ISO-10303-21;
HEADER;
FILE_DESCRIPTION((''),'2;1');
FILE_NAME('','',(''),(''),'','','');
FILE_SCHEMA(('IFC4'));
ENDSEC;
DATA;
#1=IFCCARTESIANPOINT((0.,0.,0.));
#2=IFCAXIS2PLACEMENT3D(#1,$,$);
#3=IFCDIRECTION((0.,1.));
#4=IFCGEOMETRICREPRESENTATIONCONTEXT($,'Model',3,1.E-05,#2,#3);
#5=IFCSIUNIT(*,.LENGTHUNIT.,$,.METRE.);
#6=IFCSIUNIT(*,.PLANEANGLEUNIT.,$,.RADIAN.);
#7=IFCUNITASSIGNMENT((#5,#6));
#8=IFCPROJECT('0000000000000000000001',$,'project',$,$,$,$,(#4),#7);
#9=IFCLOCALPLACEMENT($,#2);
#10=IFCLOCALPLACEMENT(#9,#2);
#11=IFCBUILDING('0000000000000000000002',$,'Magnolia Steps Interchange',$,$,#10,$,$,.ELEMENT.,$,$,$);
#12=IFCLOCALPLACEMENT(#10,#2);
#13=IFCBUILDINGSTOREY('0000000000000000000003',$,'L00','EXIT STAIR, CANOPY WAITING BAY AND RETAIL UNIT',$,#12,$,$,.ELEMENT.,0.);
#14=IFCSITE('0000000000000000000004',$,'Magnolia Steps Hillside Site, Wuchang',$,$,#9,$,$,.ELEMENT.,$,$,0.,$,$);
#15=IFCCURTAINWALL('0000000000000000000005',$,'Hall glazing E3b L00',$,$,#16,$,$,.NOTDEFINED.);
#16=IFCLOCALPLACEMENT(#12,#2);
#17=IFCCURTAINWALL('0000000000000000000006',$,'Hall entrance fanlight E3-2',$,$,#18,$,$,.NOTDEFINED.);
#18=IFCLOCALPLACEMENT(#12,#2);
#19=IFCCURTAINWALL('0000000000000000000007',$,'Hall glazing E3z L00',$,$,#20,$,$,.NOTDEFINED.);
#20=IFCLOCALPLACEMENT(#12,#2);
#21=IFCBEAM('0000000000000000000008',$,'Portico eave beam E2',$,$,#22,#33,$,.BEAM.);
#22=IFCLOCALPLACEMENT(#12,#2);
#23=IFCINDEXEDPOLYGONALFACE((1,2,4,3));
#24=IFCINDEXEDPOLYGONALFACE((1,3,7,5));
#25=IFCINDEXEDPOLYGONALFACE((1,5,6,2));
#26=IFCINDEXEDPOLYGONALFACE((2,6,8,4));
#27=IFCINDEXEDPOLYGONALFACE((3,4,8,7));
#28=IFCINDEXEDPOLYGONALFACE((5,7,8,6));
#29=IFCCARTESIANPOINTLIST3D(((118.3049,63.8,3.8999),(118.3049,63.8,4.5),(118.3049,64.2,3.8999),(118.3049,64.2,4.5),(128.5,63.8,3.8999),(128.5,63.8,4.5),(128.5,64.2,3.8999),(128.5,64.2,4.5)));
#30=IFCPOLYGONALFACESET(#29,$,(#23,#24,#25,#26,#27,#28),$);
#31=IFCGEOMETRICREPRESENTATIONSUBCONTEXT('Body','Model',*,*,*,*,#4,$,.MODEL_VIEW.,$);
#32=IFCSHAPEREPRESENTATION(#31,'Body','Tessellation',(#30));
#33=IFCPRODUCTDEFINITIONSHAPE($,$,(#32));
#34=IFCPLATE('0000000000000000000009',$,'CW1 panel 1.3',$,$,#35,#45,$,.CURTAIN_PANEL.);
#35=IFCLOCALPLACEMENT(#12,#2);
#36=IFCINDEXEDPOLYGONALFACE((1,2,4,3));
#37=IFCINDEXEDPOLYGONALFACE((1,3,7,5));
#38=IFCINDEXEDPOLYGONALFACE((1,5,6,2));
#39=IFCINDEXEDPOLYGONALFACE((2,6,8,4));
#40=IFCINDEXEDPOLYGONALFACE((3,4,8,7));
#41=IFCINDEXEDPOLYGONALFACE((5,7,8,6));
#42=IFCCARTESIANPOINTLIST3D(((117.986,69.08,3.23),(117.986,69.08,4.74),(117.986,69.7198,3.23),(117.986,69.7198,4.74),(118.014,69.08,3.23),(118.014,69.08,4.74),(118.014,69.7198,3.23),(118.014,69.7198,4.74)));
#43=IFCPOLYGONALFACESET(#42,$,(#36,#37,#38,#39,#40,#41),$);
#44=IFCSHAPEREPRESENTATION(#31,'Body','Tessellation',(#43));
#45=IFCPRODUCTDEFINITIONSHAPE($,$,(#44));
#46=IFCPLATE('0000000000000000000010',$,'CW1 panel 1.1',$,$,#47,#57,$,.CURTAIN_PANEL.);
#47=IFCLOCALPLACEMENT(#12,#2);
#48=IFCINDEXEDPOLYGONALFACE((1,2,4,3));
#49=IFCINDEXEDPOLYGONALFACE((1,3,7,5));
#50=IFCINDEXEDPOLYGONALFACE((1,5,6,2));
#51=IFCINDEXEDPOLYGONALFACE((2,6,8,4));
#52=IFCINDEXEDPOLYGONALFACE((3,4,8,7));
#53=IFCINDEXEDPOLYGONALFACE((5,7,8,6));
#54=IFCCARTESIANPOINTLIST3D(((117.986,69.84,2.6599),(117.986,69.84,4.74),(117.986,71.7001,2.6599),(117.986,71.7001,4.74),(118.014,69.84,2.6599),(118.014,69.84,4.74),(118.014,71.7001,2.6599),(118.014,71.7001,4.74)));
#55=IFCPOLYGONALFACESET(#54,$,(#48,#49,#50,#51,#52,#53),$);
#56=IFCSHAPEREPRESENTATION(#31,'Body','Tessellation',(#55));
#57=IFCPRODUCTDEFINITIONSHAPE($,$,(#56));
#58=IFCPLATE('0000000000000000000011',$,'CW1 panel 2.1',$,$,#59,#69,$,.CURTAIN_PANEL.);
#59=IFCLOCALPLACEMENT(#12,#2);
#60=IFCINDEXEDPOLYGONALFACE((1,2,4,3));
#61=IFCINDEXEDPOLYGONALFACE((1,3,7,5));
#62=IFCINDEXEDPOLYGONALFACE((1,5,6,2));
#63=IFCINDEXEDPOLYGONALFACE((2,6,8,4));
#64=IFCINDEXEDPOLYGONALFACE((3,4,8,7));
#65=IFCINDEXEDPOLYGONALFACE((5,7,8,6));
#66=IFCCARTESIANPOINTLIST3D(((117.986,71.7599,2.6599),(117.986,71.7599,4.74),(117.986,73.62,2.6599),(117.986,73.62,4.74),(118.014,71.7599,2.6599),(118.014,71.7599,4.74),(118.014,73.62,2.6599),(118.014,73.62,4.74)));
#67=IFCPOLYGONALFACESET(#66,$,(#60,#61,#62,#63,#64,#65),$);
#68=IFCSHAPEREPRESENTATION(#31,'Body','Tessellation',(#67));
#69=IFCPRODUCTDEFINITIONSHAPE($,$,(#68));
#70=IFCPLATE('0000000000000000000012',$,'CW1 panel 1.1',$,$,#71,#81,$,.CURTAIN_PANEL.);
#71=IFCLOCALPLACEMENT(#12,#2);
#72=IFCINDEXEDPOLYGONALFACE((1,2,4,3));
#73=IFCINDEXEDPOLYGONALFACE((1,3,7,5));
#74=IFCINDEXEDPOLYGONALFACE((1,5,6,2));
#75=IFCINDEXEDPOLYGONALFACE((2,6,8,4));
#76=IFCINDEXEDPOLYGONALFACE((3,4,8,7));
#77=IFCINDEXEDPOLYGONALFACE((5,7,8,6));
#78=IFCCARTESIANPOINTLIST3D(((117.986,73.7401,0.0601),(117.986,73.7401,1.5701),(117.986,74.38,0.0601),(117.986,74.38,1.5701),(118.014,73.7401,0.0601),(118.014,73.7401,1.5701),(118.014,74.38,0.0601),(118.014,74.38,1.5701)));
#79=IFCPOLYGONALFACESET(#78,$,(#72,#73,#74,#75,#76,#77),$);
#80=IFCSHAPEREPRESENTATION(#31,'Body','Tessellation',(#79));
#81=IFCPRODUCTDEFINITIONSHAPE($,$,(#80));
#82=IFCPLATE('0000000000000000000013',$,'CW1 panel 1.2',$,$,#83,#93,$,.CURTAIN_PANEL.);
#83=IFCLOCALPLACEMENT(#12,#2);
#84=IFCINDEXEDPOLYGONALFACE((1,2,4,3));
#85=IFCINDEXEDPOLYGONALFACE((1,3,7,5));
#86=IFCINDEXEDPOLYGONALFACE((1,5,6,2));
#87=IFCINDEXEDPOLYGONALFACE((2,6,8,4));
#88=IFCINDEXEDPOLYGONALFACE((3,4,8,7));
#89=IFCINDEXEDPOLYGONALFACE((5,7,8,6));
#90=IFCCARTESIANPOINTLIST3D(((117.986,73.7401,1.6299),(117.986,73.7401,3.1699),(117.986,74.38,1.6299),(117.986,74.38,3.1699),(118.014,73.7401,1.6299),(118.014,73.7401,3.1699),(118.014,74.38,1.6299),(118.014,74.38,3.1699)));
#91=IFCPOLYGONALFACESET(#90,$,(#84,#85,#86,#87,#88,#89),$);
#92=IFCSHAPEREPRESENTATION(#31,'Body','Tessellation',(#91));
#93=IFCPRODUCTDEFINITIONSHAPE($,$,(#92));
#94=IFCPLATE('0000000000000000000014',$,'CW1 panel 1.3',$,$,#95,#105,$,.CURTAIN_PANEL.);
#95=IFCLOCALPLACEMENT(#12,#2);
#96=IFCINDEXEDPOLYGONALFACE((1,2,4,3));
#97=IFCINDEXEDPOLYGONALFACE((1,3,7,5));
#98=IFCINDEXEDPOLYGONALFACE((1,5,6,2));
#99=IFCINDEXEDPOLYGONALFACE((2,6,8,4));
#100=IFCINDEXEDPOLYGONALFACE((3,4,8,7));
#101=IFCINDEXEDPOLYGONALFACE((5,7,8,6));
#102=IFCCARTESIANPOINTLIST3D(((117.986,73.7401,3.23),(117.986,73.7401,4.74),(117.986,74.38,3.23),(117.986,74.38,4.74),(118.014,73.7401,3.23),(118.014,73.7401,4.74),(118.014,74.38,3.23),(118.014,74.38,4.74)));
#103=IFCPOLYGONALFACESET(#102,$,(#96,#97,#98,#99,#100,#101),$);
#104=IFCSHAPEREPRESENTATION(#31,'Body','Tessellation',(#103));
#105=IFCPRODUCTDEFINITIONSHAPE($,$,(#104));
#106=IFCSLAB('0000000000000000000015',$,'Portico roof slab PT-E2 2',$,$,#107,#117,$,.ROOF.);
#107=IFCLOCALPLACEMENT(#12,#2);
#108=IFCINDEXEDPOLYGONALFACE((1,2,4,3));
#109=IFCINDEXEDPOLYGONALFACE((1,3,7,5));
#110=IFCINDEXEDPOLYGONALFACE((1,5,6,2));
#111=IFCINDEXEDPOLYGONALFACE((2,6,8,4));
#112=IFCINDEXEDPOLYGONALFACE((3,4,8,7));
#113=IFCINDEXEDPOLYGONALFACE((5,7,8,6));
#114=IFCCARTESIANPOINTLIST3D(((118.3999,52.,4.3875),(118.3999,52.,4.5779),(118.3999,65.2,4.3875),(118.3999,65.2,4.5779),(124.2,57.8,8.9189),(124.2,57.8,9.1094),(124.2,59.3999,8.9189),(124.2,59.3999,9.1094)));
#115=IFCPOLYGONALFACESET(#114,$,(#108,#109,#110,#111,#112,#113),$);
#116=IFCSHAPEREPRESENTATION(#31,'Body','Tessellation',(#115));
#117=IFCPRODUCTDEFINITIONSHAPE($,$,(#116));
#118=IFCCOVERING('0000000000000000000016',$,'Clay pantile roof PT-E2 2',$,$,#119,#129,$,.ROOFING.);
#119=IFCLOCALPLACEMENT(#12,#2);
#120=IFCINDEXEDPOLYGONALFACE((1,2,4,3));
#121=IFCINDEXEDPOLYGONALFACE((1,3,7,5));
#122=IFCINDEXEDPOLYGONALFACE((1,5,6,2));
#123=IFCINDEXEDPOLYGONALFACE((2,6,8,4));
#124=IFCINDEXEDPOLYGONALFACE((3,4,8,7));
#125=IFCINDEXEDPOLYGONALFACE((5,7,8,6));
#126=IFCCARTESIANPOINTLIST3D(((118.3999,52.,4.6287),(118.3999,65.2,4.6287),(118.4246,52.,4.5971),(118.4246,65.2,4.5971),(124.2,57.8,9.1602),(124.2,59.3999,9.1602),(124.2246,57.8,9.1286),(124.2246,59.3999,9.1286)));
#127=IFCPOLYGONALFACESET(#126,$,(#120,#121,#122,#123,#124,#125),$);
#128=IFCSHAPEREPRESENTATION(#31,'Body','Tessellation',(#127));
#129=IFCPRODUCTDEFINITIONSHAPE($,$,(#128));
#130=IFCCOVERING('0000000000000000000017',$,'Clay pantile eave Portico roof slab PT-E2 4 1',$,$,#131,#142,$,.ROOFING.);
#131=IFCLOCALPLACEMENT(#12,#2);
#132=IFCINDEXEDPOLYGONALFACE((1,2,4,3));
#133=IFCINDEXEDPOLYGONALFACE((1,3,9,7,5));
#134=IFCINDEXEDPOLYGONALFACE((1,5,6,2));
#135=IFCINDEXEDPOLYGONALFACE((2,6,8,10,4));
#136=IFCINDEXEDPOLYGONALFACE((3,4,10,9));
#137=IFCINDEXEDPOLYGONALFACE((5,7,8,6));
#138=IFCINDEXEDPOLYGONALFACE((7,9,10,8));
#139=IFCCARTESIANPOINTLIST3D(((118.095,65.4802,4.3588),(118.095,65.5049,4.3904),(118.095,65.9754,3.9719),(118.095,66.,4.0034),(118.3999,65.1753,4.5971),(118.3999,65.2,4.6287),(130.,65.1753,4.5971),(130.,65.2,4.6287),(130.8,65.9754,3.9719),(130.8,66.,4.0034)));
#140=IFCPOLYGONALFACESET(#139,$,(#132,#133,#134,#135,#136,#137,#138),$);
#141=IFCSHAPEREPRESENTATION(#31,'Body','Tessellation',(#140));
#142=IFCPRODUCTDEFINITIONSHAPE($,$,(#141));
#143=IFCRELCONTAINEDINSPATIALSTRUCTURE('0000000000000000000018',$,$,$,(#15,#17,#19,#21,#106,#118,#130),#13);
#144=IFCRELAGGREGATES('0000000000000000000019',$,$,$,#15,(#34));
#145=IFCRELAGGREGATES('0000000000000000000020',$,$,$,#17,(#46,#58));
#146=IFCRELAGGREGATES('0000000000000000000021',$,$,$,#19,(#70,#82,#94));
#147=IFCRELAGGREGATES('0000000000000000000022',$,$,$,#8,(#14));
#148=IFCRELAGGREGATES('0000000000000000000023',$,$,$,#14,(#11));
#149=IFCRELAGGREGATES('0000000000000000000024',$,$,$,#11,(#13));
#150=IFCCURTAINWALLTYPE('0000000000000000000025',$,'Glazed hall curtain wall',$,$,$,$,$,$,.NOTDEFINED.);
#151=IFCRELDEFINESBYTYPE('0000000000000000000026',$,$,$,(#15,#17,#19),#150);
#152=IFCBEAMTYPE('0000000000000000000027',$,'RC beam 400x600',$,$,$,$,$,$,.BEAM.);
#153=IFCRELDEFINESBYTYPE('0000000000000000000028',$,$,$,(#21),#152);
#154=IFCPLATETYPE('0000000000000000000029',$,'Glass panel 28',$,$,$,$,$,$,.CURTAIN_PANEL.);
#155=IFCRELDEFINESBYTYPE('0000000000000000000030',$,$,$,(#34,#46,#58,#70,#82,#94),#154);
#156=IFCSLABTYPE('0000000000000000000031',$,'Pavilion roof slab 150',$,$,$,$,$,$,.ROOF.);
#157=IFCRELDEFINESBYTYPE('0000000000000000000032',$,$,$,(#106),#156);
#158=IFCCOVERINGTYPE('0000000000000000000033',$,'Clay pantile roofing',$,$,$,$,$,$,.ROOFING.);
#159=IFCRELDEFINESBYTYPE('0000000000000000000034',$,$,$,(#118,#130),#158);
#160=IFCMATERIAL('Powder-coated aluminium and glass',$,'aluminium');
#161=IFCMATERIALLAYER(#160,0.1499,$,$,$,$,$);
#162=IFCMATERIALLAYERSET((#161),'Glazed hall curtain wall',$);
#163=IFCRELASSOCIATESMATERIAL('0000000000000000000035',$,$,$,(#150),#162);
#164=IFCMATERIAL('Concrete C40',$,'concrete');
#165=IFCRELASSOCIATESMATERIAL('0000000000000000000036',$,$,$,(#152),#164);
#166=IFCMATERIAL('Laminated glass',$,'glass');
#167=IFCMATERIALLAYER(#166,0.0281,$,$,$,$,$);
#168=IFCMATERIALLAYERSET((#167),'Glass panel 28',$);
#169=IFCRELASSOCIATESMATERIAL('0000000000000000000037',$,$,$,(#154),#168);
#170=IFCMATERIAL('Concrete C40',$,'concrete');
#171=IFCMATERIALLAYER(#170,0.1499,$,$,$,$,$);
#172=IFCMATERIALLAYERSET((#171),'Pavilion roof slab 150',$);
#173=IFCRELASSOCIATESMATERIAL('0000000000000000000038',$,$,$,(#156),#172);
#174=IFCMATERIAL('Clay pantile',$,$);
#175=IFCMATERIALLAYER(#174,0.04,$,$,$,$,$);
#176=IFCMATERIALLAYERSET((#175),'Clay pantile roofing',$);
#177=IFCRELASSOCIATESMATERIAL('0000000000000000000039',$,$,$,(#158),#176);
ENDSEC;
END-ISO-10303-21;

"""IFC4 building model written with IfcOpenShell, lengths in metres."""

from ifc_helpers import new_model, si_unit, direction, frame, origin, origin_2d, place, context, subcontext, project, spatial, polyline, rectangle, outline, extrude, material, layer, layer_set, material_profile, profile_set, type_object, element, aggregate, save


model = new_model("IFC4")

# Units and contexts
model_context = context("Model", 3, precision=1e-05, world=origin(), true_north=direction((0.0, 1.0)))
body_context = subcontext(model_context, "Body", "Model", "MODEL_VIEW")
ifc_project = project(units=[si_unit("LENGTHUNIT", "METRE"), si_unit("PLANEANGLEUNIT", "RADIAN")], contexts=[model_context])

# Site, building, storey
site_placement = place(None, origin())
site = spatial("IfcSite", under=ifc_project, at=site_placement, Name="Magnolia Steps Hillside Site, Wuchang", CompositionType="ELEMENT", RefElevation=0.0)
building_placement = place(site_placement, origin())
building = spatial("IfcBuilding", under=site, at=building_placement, Name="Magnolia Steps Interchange", CompositionType="ELEMENT")
storey_placement = place(building_placement, origin())
storey = spatial("IfcBuildingStorey", under=building, at=storey_placement, Name="L00", Description="EXIT STAIR, CANOPY WAITING BAY AND RETAIL UNIT", CompositionType="ELEMENT", Elevation=0.0)

# Curtain wall
ifc_material_1 = material(Name="Powder-coated aluminium and glass", Category="aluminium")
ifc_layer_1 = layer(ifc_material_1, 0.1499)
ifc_layer_set_1 = layer_set([ifc_layer_1], Name="Glazed hall curtain wall")
curtain_wall_type = type_object("IfcCurtainWallType", Name="Glazed hall curtain wall", PredefinedType="NOTDEFINED", material=ifc_layer_set_1)
curtain_wall_1_placement = place(storey_placement, origin())
curtain_wall_1 = element("IfcCurtainWall", 1, at=curtain_wall_1_placement, inside=storey, type_object=curtain_wall_type, Name="Hall glazing E3b L00", PredefinedType="NOTDEFINED")

# Curtain walls
curtain_wall_2_placement = place(storey_placement, origin())
curtain_wall_2 = element("IfcCurtainWall", 2, at=curtain_wall_2_placement, inside=storey, type_object=curtain_wall_type, Name="Hall entrance fanlight E3-2", PredefinedType="NOTDEFINED")
curtain_wall_3_placement = place(storey_placement, origin())
curtain_wall_3 = element("IfcCurtainWall", 3, at=curtain_wall_3_placement, inside=storey, type_object=curtain_wall_type, Name="Hall glazing E3z L00", PredefinedType="NOTDEFINED")

# Beam
ifc_material_2 = material(Name="Concrete C40", Category="concrete")
ifc_material_profile_1 = material_profile(ifc_material_2, rectangle(XDim=0.3999, YDim=0.6001, at=origin_2d()), Name="RC400x600")
ifc_profile_set_1 = profile_set([ifc_material_profile_1], Name="Concrete C40")
beam_type = type_object("IfcBeamType", Name="RC beam 400x600", PredefinedType="BEAM", material=ifc_profile_set_1)
beam_placement = place(storey_placement, frame((128.5, 64.0, 4.2), z_axis=(-1.0, 0.0, 0.0), x_axis=(0.0, -1.0, 0.0)))
element("IfcBeam", 4, at=beam_placement, inside=storey, type_object=beam_type, Name="Portico eave beam E2", PredefinedType="BEAM", context=body_context, shape_type="SweptSolid", body=[
    extrude(rectangle(XDim=0.3999, YDim=0.6001, at=origin_2d()), origin(), (0.0, 0.0, 1.0), 10.1951),
])

# Plates
ifc_material_3 = material(Name="Laminated glass", Category="glass")
ifc_layer_2 = layer(ifc_material_3, 0.0281)
ifc_layer_set_2 = layer_set([ifc_layer_2], Name="Glass panel 28")
plate_type = type_object("IfcPlateType", Name="Glass panel 28", PredefinedType="CURTAIN_PANEL", material=ifc_layer_set_2)
plate_1_placement = place(storey_placement, frame((118.0, 69.3999, 3.23), z_axis=(0.0, 0.0, 1.0), x_axis=(0.0, 1.0, 0.0)))
plate_1 = element("IfcPlate", 5, at=plate_1_placement, type_object=plate_type, Name="CW1 panel 1.3", PredefinedType="CURTAIN_PANEL", context=body_context, shape_type="SweptSolid", body=[
    extrude(rectangle(XDim=0.6399, YDim=0.0281, at=origin_2d()), origin(), (0.0, 0.0, 1.0), 1.51),
])
aggregate(curtain_wall_1, [plate_1])
plate_2_placement = place(storey_placement, frame((118.0, 70.77, 2.6599), z_axis=(0.0, 0.0, 1.0), x_axis=(0.0, 1.0, 0.0)))
plate_2 = element("IfcPlate", 6, at=plate_2_placement, type_object=plate_type, Name="CW1 panel 1.1", PredefinedType="CURTAIN_PANEL", context=body_context, shape_type="SweptSolid", body=[
    extrude(rectangle(XDim=1.8601, YDim=0.0281, at=origin_2d()), origin(), (0.0, 0.0, 1.0), 2.0801),
])
plate_3_placement = place(storey_placement, frame((118.0, 72.6899, 2.6599), z_axis=(0.0, 0.0, 1.0), x_axis=(0.0, 1.0, 0.0)))
plate_3 = element("IfcPlate", 7, at=plate_3_placement, type_object=plate_type, Name="CW1 panel 2.1", PredefinedType="CURTAIN_PANEL", context=body_context, shape_type="SweptSolid", body=[
    extrude(rectangle(XDim=1.8601, YDim=0.0281, at=origin_2d()), origin(), (0.0, 0.0, 1.0), 2.0801),
])
aggregate(curtain_wall_2, [plate_2, plate_3])
plate_4_placement = place(storey_placement, frame((118.0, 74.0601, 0.0601), z_axis=(0.0, 0.0, 1.0), x_axis=(0.0, 1.0, 0.0)))
plate_4 = element("IfcPlate", 8, at=plate_4_placement, type_object=plate_type, Name="CW1 panel 1.1", PredefinedType="CURTAIN_PANEL", context=body_context, shape_type="SweptSolid", body=[
    extrude(rectangle(XDim=0.6399, YDim=0.0281, at=origin_2d()), origin(), (0.0, 0.0, 1.0), 1.51),
])
plate_5_placement = place(storey_placement, frame((118.0, 74.0601, 1.6299), z_axis=(0.0, 0.0, 1.0), x_axis=(0.0, 1.0, 0.0)))
plate_5 = element("IfcPlate", 9, at=plate_5_placement, type_object=plate_type, Name="CW1 panel 1.2", PredefinedType="CURTAIN_PANEL", context=body_context, shape_type="SweptSolid", body=[
    extrude(rectangle(XDim=0.6399, YDim=0.0281, at=origin_2d()), origin(), (0.0, 0.0, 1.0), 1.54),
])
plate_6_placement = place(storey_placement, frame((118.0, 74.0601, 3.23), z_axis=(0.0, 0.0, 1.0), x_axis=(0.0, 1.0, 0.0)))
plate_6 = element("IfcPlate", 10, at=plate_6_placement, type_object=plate_type, Name="CW1 panel 1.3", PredefinedType="CURTAIN_PANEL", context=body_context, shape_type="SweptSolid", body=[
    extrude(rectangle(XDim=0.6399, YDim=0.0281, at=origin_2d()), origin(), (0.0, 0.0, 1.0), 1.51),
])
aggregate(curtain_wall_3, [plate_4, plate_5, plate_6])

# Slab
ifc_material_4 = material(Name="Concrete C40", Category="concrete")
ifc_layer_3 = layer(ifc_material_4, 0.1499)
ifc_layer_set_3 = layer_set([ifc_layer_3], Name="Pavilion roof slab 150")
slab_type = type_object("IfcSlabType", Name="Pavilion roof slab 150", PredefinedType="ROOF", material=ifc_layer_set_3)
slab_placement = place(storey_placement, frame((118.3999, 65.2, 4.5779), z_axis=(-0.615661, 0.0, 0.788011), x_axis=(0.0, -1.0, 0.0)))
element("IfcSlab", 11, at=slab_placement, inside=storey, type_object=slab_type, Name="Portico roof slab PT-E2 2", PredefinedType="ROOF", context=body_context, shape_type="SweptSolid", body=[
    extrude(outline(polyline([(0.0, 0.0), (13.2, 0.0), (7.3999, 7.3604), (5.8, 7.3604), (0.0, 0.0)])), origin(), (0.0, -0.615661, -0.788011), 0.1904),
])

# Coverings
ifc_material_5 = material(Name="Clay pantile")
ifc_layer_4 = layer(ifc_material_5, 0.04)
ifc_layer_set_4 = layer_set([ifc_layer_4], Name="Clay pantile roofing")
covering_type_1 = type_object("IfcCoveringType", Name="Clay pantile roofing", PredefinedType="ROOFING", material=ifc_layer_set_4)
covering_1_placement = place(storey_placement, frame((118.3999, 65.2, 4.6287), z_axis=(-0.615661, 0.0, 0.788011), x_axis=(0.0, -1.0, 0.0)))
element("IfcCovering", 12, at=covering_1_placement, inside=storey, type_object=covering_type_1, Name="Clay pantile roof PT-E2 2", PredefinedType="ROOFING", context=body_context, shape_type="SweptSolid", body=[
    extrude(outline(polyline([(0.0, 0.0), (13.2, 0.0), (7.3999, 7.3604), (5.8, 7.3604), (0.0, 0.0)])), origin(), (0.0, 0.0, -1.0), 0.04),
])
covering_2_placement = place(storey_placement, frame((118.095, 65.5049, 4.3904), z_axis=(0.000001, 0.61577, 0.787926), x_axis=(0.0, 0.787926, -0.61577)))
element("IfcCovering", 13, at=covering_2_placement, inside=storey, type_object=covering_type_1, Name="Clay pantile eave Portico roof slab PT-E2 4 1", PredefinedType="ROOFING", context=body_context, shape_type="SweptSolid", body=[
    extrude(outline(polyline([(0.0, 0.0), (0.6284, 0.0), (0.6284, -12.7051), (-0.387, -11.905), (-0.387, -0.3049), (0.0, 0.0)])), origin(), (0.0, 0.0, -1.0), 0.04),
])

save(model, "model.ifc")
